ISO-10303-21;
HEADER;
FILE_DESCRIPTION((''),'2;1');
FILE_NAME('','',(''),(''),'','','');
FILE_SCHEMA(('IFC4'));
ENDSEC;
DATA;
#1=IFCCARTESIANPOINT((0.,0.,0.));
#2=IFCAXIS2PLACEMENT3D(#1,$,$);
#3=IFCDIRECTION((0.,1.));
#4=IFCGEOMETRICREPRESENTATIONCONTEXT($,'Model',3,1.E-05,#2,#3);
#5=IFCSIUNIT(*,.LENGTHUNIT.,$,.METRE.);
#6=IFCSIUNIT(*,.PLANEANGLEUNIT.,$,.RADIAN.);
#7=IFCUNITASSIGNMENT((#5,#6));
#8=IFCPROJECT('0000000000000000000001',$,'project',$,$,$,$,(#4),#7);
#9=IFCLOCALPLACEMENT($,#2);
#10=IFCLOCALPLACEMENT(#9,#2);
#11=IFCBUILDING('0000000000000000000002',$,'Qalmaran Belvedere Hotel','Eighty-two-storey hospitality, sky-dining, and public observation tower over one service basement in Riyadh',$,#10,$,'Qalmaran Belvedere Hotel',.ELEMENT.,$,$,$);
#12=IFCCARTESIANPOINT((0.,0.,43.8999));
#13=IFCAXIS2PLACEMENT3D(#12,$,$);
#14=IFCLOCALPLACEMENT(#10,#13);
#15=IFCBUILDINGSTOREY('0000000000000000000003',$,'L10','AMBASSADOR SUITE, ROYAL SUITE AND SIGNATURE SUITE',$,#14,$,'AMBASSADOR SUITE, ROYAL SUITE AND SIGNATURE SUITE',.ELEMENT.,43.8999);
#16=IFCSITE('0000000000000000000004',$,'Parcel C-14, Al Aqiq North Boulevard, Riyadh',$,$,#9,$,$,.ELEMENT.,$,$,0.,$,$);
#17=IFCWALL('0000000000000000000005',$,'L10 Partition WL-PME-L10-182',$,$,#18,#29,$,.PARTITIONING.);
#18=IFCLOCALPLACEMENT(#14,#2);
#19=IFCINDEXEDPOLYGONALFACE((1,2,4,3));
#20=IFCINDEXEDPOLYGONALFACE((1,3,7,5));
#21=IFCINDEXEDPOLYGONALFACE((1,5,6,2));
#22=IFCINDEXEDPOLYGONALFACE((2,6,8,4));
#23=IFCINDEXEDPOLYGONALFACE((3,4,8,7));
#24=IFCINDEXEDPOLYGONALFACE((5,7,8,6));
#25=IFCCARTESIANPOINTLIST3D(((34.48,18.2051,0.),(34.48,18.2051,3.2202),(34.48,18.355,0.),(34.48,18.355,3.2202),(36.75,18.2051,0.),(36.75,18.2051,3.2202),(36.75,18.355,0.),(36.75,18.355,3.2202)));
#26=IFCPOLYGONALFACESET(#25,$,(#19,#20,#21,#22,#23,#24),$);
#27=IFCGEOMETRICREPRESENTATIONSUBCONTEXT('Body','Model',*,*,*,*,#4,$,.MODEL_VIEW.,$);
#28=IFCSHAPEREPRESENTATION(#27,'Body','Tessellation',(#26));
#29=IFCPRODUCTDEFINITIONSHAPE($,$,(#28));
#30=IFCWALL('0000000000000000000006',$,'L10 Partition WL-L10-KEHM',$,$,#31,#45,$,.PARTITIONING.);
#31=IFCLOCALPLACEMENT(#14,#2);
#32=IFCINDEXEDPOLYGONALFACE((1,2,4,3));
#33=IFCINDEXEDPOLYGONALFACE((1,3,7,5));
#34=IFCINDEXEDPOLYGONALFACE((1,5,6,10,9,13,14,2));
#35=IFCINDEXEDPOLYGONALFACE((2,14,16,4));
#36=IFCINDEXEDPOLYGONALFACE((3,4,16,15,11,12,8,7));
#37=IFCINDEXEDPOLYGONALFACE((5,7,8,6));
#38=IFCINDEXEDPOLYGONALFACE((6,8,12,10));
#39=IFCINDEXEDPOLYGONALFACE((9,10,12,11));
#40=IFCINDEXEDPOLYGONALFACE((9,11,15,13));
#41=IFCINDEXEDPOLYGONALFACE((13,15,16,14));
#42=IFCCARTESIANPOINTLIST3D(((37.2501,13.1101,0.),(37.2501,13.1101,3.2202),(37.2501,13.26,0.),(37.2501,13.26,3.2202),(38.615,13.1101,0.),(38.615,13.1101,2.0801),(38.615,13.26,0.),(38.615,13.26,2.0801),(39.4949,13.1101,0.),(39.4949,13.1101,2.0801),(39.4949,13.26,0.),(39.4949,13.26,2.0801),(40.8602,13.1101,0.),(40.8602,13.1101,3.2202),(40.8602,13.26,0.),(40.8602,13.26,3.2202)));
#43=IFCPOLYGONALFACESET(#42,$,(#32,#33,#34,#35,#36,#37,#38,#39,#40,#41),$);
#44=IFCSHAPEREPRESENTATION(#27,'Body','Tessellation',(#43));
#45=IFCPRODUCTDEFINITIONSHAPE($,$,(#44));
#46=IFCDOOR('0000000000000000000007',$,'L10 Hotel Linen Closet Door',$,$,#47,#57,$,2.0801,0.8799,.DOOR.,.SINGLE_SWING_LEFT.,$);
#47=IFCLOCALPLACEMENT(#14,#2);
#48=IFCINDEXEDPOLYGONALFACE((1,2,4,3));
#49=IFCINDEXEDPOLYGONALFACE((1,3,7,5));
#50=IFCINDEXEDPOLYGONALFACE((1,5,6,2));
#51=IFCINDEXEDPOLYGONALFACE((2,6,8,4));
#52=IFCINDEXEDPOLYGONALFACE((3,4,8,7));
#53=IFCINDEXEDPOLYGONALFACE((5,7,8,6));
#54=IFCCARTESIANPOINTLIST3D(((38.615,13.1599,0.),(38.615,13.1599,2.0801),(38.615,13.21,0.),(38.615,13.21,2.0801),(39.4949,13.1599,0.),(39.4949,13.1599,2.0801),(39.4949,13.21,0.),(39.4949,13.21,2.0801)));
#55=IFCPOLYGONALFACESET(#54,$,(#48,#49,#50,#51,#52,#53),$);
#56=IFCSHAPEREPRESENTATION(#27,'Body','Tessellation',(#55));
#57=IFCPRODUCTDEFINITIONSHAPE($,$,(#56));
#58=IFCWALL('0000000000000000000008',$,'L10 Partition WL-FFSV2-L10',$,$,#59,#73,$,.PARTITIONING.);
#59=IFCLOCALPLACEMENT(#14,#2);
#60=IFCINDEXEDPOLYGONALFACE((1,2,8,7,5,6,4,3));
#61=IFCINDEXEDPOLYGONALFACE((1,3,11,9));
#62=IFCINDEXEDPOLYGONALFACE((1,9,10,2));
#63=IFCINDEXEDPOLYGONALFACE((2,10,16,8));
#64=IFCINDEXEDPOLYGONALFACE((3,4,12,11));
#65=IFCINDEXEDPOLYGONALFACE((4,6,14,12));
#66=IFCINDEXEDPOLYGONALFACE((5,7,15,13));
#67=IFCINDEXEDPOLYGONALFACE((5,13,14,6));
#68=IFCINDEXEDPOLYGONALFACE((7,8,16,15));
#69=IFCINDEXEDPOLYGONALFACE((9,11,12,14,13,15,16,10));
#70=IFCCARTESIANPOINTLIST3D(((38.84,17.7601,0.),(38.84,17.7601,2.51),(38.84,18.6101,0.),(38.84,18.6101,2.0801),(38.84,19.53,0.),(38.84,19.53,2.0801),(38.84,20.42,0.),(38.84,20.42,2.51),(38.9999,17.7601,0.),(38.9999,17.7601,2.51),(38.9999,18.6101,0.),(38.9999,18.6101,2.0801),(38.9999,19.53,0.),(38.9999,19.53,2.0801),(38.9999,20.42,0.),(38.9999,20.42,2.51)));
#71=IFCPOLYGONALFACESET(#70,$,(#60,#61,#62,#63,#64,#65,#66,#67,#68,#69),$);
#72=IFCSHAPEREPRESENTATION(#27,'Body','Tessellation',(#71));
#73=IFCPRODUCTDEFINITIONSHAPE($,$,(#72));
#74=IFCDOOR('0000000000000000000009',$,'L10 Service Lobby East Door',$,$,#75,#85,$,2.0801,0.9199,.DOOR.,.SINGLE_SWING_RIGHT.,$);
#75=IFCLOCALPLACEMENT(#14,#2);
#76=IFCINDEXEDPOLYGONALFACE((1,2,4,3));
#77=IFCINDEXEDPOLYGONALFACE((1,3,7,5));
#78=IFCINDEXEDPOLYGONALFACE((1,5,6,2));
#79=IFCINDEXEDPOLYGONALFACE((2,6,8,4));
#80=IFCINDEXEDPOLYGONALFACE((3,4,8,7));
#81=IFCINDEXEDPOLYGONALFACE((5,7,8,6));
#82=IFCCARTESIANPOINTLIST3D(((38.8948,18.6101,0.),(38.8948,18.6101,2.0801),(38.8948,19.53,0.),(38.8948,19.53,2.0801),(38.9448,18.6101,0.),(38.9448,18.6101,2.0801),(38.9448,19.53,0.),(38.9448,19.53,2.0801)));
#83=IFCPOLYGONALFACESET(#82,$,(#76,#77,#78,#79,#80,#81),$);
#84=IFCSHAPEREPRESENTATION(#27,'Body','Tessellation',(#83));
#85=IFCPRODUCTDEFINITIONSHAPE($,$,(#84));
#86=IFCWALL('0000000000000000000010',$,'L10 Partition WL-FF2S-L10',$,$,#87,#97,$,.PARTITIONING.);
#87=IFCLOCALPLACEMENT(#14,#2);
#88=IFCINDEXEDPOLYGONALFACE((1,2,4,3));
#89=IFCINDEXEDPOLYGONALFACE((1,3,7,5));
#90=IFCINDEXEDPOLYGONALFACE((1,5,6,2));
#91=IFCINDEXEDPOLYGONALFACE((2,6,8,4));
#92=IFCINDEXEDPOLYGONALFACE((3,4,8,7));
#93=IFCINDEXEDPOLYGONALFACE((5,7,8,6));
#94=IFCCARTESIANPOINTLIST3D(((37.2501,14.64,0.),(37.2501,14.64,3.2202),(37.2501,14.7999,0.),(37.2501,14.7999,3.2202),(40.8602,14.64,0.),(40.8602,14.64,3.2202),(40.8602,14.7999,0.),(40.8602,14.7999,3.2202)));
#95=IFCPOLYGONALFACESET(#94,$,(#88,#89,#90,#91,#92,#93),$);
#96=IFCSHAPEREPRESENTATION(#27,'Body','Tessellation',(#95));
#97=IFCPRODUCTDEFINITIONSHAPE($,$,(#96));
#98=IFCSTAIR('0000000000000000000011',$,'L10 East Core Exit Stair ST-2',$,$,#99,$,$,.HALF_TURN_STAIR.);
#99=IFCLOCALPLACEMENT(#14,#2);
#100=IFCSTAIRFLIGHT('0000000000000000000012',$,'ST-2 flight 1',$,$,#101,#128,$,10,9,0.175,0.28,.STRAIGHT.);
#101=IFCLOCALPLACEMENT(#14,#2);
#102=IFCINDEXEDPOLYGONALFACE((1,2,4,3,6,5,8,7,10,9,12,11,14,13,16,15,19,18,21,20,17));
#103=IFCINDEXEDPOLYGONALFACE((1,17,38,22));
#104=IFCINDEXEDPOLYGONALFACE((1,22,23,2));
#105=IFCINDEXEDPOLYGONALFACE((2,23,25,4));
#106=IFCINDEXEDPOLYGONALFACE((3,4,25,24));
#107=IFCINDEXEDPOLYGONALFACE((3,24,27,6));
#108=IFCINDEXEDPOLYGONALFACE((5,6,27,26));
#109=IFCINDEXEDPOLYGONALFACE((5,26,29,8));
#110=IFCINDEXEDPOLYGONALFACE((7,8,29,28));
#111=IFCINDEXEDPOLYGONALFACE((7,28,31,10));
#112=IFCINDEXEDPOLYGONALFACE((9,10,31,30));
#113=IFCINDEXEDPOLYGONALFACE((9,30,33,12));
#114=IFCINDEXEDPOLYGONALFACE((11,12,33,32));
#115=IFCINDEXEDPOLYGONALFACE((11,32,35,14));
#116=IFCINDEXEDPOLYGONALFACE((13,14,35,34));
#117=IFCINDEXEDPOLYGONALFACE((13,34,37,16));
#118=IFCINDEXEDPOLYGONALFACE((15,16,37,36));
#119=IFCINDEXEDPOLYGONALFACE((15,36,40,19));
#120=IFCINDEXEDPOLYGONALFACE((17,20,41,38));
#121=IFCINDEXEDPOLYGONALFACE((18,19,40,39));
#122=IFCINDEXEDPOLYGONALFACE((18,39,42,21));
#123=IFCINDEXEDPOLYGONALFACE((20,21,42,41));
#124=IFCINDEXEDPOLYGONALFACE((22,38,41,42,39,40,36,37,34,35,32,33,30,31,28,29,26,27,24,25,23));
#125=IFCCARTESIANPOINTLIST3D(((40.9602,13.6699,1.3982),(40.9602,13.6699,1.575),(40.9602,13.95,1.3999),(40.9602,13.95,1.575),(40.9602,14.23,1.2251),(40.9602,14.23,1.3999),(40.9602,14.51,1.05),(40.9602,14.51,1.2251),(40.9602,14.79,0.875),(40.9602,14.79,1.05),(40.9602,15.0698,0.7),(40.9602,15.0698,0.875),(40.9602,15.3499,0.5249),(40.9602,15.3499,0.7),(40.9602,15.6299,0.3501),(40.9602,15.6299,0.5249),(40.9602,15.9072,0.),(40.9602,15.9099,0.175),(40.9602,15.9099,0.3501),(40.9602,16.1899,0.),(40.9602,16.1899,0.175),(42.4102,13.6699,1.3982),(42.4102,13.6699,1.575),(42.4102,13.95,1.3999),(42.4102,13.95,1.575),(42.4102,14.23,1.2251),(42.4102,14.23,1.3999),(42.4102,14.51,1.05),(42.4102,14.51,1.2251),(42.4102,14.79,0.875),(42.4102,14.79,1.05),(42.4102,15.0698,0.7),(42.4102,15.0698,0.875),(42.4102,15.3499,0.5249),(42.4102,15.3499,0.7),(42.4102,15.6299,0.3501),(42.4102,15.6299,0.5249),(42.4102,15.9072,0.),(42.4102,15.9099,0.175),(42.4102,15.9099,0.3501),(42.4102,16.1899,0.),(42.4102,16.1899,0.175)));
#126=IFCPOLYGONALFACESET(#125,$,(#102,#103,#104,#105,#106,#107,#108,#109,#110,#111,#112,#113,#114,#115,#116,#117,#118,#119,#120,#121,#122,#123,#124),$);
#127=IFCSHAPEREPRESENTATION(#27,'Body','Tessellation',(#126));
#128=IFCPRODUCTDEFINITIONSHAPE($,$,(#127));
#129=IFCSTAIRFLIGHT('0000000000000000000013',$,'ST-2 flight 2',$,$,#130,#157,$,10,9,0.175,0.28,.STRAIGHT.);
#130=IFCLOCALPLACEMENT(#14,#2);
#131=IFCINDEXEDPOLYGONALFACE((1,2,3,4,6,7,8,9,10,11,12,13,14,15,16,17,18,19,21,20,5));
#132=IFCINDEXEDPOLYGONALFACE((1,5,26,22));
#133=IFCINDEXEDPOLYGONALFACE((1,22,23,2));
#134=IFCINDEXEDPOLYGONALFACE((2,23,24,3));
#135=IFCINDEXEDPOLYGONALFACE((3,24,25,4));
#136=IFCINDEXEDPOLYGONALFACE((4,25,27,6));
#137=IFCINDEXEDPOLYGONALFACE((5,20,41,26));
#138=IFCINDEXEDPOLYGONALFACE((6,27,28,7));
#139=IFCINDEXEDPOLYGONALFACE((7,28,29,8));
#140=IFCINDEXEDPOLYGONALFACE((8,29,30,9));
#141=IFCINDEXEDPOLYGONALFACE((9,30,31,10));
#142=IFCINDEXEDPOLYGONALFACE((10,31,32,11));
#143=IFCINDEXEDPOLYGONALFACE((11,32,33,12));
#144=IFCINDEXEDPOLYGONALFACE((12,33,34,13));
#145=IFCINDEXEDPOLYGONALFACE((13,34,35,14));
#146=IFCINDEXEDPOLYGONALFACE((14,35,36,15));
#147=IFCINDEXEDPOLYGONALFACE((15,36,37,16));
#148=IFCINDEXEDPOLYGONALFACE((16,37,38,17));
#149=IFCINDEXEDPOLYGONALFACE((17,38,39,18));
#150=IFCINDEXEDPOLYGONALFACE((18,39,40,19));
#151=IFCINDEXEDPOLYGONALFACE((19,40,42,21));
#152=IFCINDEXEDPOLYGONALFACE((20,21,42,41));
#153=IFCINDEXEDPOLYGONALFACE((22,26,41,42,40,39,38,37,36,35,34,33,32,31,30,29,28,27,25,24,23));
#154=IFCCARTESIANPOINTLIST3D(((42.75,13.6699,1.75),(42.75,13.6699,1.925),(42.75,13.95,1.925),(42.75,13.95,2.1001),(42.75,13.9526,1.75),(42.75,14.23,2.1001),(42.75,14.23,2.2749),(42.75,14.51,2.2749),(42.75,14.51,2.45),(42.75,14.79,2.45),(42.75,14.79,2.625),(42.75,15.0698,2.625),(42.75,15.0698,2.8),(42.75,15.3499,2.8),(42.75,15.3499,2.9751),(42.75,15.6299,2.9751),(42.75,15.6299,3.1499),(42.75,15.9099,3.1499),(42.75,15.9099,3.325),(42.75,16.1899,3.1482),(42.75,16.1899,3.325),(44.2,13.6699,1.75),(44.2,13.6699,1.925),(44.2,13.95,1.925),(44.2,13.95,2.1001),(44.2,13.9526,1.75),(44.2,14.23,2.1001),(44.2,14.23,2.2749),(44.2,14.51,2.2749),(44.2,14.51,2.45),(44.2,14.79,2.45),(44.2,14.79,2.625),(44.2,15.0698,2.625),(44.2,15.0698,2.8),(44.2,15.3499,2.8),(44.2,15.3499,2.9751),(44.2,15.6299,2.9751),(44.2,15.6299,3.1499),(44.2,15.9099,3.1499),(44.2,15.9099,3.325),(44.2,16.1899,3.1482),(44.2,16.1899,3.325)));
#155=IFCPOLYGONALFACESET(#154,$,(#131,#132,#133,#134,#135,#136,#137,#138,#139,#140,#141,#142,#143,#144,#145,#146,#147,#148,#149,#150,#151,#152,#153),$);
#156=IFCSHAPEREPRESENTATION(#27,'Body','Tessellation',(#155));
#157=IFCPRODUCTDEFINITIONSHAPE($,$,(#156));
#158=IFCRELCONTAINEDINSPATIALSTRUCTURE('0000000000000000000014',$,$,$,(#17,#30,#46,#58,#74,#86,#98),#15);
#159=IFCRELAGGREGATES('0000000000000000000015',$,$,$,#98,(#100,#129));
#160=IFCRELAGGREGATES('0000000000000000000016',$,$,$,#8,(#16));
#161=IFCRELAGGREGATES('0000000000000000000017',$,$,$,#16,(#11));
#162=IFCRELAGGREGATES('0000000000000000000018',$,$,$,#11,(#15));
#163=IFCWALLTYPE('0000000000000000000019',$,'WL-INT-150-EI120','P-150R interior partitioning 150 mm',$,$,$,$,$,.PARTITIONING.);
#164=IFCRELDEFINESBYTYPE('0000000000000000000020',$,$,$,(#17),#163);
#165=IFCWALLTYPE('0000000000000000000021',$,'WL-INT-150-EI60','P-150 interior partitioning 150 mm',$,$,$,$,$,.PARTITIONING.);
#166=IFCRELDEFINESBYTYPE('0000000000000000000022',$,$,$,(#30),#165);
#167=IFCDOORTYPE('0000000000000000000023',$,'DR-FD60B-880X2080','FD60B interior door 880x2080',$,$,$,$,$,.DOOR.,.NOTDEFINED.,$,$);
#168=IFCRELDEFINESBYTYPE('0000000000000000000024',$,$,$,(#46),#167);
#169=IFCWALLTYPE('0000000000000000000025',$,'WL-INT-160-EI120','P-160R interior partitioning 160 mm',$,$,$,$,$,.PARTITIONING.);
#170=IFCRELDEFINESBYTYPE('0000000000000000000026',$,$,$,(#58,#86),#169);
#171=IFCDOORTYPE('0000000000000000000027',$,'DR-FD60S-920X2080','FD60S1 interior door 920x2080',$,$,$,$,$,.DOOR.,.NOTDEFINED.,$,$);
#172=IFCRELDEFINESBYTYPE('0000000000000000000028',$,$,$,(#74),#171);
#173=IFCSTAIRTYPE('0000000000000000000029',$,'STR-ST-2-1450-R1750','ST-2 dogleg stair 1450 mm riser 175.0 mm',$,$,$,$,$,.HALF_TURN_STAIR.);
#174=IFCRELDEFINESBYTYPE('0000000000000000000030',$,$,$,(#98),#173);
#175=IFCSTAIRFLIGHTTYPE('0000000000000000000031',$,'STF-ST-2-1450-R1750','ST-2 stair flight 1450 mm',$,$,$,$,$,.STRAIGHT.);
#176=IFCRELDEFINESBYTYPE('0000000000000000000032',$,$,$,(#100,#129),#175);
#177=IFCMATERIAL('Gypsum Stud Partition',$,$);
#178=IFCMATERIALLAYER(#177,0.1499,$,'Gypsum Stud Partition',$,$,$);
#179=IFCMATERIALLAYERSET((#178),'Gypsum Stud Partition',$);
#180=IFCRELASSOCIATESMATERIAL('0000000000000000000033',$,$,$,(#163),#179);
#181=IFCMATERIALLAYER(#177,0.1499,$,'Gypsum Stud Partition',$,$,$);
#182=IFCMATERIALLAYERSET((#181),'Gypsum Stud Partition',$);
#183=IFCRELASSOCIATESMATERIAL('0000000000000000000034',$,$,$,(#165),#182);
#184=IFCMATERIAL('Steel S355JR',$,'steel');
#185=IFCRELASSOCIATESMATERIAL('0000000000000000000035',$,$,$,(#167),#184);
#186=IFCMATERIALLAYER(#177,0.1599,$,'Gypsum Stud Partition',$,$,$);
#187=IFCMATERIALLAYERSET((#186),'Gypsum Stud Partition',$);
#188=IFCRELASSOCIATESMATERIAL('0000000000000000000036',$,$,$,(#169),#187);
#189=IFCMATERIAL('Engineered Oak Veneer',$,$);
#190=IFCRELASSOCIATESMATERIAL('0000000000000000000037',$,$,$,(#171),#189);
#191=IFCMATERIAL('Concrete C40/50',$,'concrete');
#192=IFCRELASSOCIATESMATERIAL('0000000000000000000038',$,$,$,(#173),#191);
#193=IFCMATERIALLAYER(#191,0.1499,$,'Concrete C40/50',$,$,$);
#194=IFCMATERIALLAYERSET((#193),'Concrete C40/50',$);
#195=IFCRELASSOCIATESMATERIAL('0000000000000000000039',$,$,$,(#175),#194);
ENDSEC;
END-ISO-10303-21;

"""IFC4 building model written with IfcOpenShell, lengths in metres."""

from ifc_helpers import new_model, si_unit, direction, frame, frame_2d, origin, place, context, subcontext, project, spatial, polyline, rectangle, outline, extrude, material, layer, layer_set, type_object, element, fill, aggregate, save


model = new_model("IFC4")

# Units and contexts
model_context = context("Model", 3, precision=1e-05, world=origin(), true_north=direction((0.0, 1.0)))
body_context = subcontext(model_context, "Body", "Model", "MODEL_VIEW")
ifc_project = project(units=[si_unit("LENGTHUNIT", "METRE"), si_unit("PLANEANGLEUNIT", "RADIAN")], contexts=[model_context])

# Site, building, storey
site_placement = place(None, origin())
site = spatial("IfcSite", under=ifc_project, at=site_placement, Name="Parcel C-14, Al Aqiq North Boulevard, Riyadh", CompositionType="ELEMENT", RefElevation=0.0)
building_placement = place(site_placement, origin())
building = spatial("IfcBuilding", under=site, at=building_placement, Name="Qalmaran Belvedere Hotel", Description="Eighty-two-storey hospitality, sky-dining, and public observation tower over one service basement in Riyadh", LongName="Qalmaran Belvedere Hotel", CompositionType="ELEMENT")
storey_placement = place(building_placement, frame((0.0, 0.0, 43.8999)))
storey = spatial("IfcBuildingStorey", under=building, at=storey_placement, Name="L10", Description="AMBASSADOR SUITE, ROYAL SUITE AND SIGNATURE SUITE", LongName="AMBASSADOR SUITE, ROYAL SUITE AND SIGNATURE SUITE", CompositionType="ELEMENT", Elevation=43.8999)

# Shared definitions
ifc_material_1 = material(Name="Steel S355JR", Category="steel")

# Wall
ifc_material_2 = material(Name="Gypsum Stud Partition")
ifc_layer_1 = layer(ifc_material_2, 0.1499, Name="Gypsum Stud Partition")
ifc_layer_set_1 = layer_set([ifc_layer_1], Name="Gypsum Stud Partition")
wall_type_1 = type_object("IfcWallType", Name="WL-INT-150-EI120", Description="P-150R interior partitioning 150 mm", PredefinedType="PARTITIONING", material=ifc_layer_set_1)
wall_1_placement = place(storey_placement, frame((34.48, 18.28, 0.0), z_axis=(0.0, 0.0, 1.0), x_axis=(1.0, 0.0, 0.0)))
element("IfcWall", 1, at=wall_1_placement, inside=storey, type_object=wall_type_1, Name="L10 Partition WL-PME-L10-182", PredefinedType="PARTITIONING", context=body_context, shape_type="SweptSolid", body=[
    extrude(rectangle(XDim=2.27, YDim=0.1499, at=frame_2d((1.135, 0.0))), origin(), (0.0, 0.0, 1.0), 3.2202),
])

# Walls, openings, doors
ifc_layer_2 = layer(ifc_material_2, 0.1499, Name="Gypsum Stud Partition")
ifc_layer_set_2 = layer_set([ifc_layer_2], Name="Gypsum Stud Partition")
wall_type_2 = type_object("IfcWallType", Name="WL-INT-150-EI60", Description="P-150 interior partitioning 150 mm", PredefinedType="PARTITIONING", material=ifc_layer_set_2)
wall_2_placement = place(storey_placement, frame((37.25, 13.1851, 0.0), z_axis=(0.0, 0.0, 1.0), x_axis=(1.0, 0.0, 0.0)))
wall_2 = element("IfcWall", 2, at=wall_2_placement, inside=storey, type_object=wall_type_2, Name="L10 Partition WL-L10-KEHM", PredefinedType="PARTITIONING", context=body_context, shape_type="SweptSolid", body=[
    extrude(rectangle(XDim=3.6101, YDim=0.1499, at=frame_2d((1.8052, 0.0))), origin(), (0.0, 0.0, 1.0), 3.2202),
])
opening_1_placement = place(wall_2_placement, frame((1.365, 0.0, 0.0)))
opening_1 = element("IfcOpeningElement", 3, at=opening_1_placement, cuts=wall_2, PredefinedType="OPENING", context=body_context, shape_type="SweptSolid", body=[
    extrude(rectangle(XDim=0.8799, YDim=2.0801, at=frame_2d((0.4399, 1.04))), frame((0.0, 0.085, 0.0), z_axis=(0.0, -1.0, 0.0), x_axis=(1.0, 0.0, 0.0)), (0.0, 0.0, 1.0), 0.1699),
])
door_type_1 = type_object("IfcDoorType", Name="DR-FD60B-880X2080", Description="FD60B interior door 880x2080", OperationType="NOTDEFINED", PredefinedType="DOOR", material=ifc_material_1)
door_1_placement = place(opening_1_placement, origin())
door_1 = element("IfcDoor", 4, at=door_1_placement, inside=storey, type_object=door_type_1, Name="L10 Hotel Linen Closet Door", OperationType="SINGLE_SWING_LEFT", OverallHeight=2.0801, OverallWidth=0.8799, PredefinedType="DOOR", context=body_context, shape_type="SweptSolid", body=[
    extrude(rectangle(XDim=0.8799, YDim=2.0801, at=frame_2d((0.4399, 1.04))), frame((0.0, 0.0249, 0.0), z_axis=(0.0, -1.0, 0.0), x_axis=(1.0, 0.0, 0.0)), (0.0, 0.0, 1.0), 0.05),
])
fill(opening_1, door_1)
ifc_layer_3 = layer(ifc_material_2, 0.1599, Name="Gypsum Stud Partition")
ifc_layer_set_3 = layer_set([ifc_layer_3], Name="Gypsum Stud Partition")
wall_type_3 = type_object("IfcWallType", Name="WL-INT-160-EI120", Description="P-160R interior partitioning 160 mm", PredefinedType="PARTITIONING", material=ifc_layer_set_3)
wall_3_placement = place(storey_placement, frame((38.9199, 17.76, 0.0), z_axis=(0.0, 0.0, 1.0), x_axis=(0.0, 1.0, 0.0)))
wall_3 = element("IfcWall", 5, at=wall_3_placement, inside=storey, type_object=wall_type_3, Name="L10 Partition WL-FFSV2-L10", PredefinedType="PARTITIONING", context=body_context, shape_type="SweptSolid", body=[
    extrude(rectangle(XDim=2.6599, YDim=0.1599, at=frame_2d((1.3301, 0.0))), origin(), (0.0, 0.0, 1.0), 2.51),
])
opening_2_placement = place(wall_3_placement, frame((1.77, 0.0, 0.0), z_axis=(0.0, 0.0, 1.0), x_axis=(-1.0, 0.0, 0.0)))
opening_2 = element("IfcOpeningElement", 6, at=opening_2_placement, cuts=wall_3, PredefinedType="OPENING", context=body_context, shape_type="SweptSolid", body=[
    extrude(rectangle(XDim=0.9199, YDim=2.0801, at=frame_2d((0.46, 1.04))), frame((0.0, 0.0898, 0.0), z_axis=(0.0, -1.0, 0.0), x_axis=(1.0, 0.0, 0.0)), (0.0, 0.0, 1.0), 0.1799),
])
ifc_material_3 = material(Name="Engineered Oak Veneer")
door_type_2 = type_object("IfcDoorType", Name="DR-FD60S-920X2080", Description="FD60S1 interior door 920x2080", OperationType="NOTDEFINED", PredefinedType="DOOR", material=ifc_material_3)
door_2_placement = place(opening_2_placement, origin())
door_2 = element("IfcDoor", 7, at=door_2_placement, inside=storey, type_object=door_type_2, Name="L10 Service Lobby East Door", OperationType="SINGLE_SWING_RIGHT", OverallHeight=2.0801, OverallWidth=0.9199, PredefinedType="DOOR", context=body_context, shape_type="SweptSolid", body=[
    extrude(rectangle(XDim=0.9199, YDim=2.0801, at=frame_2d((0.46, 1.04))), frame((0.0, 0.0249, 0.0), z_axis=(0.0, -1.0, 0.0), x_axis=(1.0, 0.0, 0.0)), (0.0, 0.0, 1.0), 0.05),
])
fill(opening_2, door_2)

# Wall
wall_4_placement = place(storey_placement, frame((37.25, 14.72, 0.0), z_axis=(0.0, 0.0, 1.0), x_axis=(1.0, 0.0, 0.0)))
element("IfcWall", 8, at=wall_4_placement, inside=storey, type_object=wall_type_3, Name="L10 Partition WL-FF2S-L10", PredefinedType="PARTITIONING", context=body_context, shape_type="SweptSolid", body=[
    extrude(rectangle(XDim=3.6101, YDim=0.1599, at=frame_2d((1.8052, 0.0))), origin(), (0.0, 0.0, 1.0), 3.2202),
])

# Stair, stair flights
ifc_material_4 = material(Name="Concrete C40/50", Category="concrete")
stair_type = type_object("IfcStairType", Name="STR-ST-2-1450-R1750", Description="ST-2 dogleg stair 1450 mm riser 175.0 mm", PredefinedType="HALF_TURN_STAIR", material=ifc_material_4)
stair_placement = place(storey_placement, origin())
stair = element("IfcStair", 9, at=stair_placement, inside=storey, type_object=stair_type, Name="L10 East Core Exit Stair ST-2", PredefinedType="HALF_TURN_STAIR")
ifc_layer_4 = layer(ifc_material_4, 0.1499, Name="Concrete C40/50")
ifc_layer_set_4 = layer_set([ifc_layer_4], Name="Concrete C40/50")
stair_flight_type = type_object("IfcStairFlightType", Name="STF-ST-2-1450-R1750", Description="ST-2 stair flight 1450 mm", PredefinedType="STRAIGHT", material=ifc_layer_set_4)
stair_flight_1_placement = place(storey_placement, frame((41.6851, 16.1899, 0.0), z_axis=(0.0, 0.0, 1.0), x_axis=(0.0, -1.0, 0.0)))
stair_flight_1 = element("IfcStairFlight", 10, at=stair_flight_1_placement, type_object=stair_flight_type, Name="ST-2 flight 1", NumberOfRisers=10, NumberOfTreads=9, PredefinedType="STRAIGHT", RiserHeight=0.175, TreadLength=0.28, context=body_context, shape_type="SweptSolid", body=[
    extrude(outline(polyline([(0.0, 0.0), (0.0, 0.175), (0.28, 0.175), (0.28, 0.3501), (0.5601, 0.3501), (0.5601, 0.5249), (0.8401, 0.5249), (0.8401, 0.7), (1.1201, 0.7), (1.1201, 0.875), (1.3999, 0.875), (1.3999, 1.05), (1.6799, 1.05), (1.6799, 1.2251), (1.96, 1.2251), (1.96, 1.3999), (2.24, 1.3999), (2.24, 1.575), (2.52, 1.575), (2.52, 1.75), (2.52, 1.3982), (0.2827, 0.0), (0.0, 0.0)])), frame((0.0, 0.7251, 0.0), z_axis=(0.0, -1.0, 0.0), x_axis=(1.0, 0.0, 0.0)), (0.0, 0.0, 1.0), 1.45),
])
stair_flight_2_placement = place(storey_placement, frame((43.4751, 13.6699, 1.75), z_axis=(0.0, 0.0, 1.0), x_axis=(0.0, 1.0, 0.0)))
stair_flight_2 = element("IfcStairFlight", 11, at=stair_flight_2_placement, type_object=stair_flight_type, Name="ST-2 flight 2", NumberOfRisers=10, NumberOfTreads=9, PredefinedType="STRAIGHT", RiserHeight=0.175, TreadLength=0.28, context=body_context, shape_type="SweptSolid", body=[
    extrude(outline(polyline([(0.0, 0.0), (0.0, 0.175), (0.28, 0.175), (0.28, 0.3501), (0.5601, 0.3501), (0.5601, 0.5249), (0.8401, 0.5249), (0.8401, 0.7), (1.1201, 0.7), (1.1201, 0.875), (1.3999, 0.875), (1.3999, 1.05), (1.6799, 1.05), (1.6799, 1.2251), (1.96, 1.2251), (1.96, 1.3999), (2.24, 1.3999), (2.24, 1.575), (2.52, 1.575), (2.52, 1.75), (2.52, 1.3982), (0.2827, 0.0), (0.0, 0.0)])), frame((0.0, 0.7251, 0.0), z_axis=(0.0, -1.0, 0.0), x_axis=(1.0, 0.0, 0.0)), (0.0, 0.0, 1.0), 1.45),
])
aggregate(stair, [stair_flight_1, stair_flight_2])

save(model, "model.ifc")
